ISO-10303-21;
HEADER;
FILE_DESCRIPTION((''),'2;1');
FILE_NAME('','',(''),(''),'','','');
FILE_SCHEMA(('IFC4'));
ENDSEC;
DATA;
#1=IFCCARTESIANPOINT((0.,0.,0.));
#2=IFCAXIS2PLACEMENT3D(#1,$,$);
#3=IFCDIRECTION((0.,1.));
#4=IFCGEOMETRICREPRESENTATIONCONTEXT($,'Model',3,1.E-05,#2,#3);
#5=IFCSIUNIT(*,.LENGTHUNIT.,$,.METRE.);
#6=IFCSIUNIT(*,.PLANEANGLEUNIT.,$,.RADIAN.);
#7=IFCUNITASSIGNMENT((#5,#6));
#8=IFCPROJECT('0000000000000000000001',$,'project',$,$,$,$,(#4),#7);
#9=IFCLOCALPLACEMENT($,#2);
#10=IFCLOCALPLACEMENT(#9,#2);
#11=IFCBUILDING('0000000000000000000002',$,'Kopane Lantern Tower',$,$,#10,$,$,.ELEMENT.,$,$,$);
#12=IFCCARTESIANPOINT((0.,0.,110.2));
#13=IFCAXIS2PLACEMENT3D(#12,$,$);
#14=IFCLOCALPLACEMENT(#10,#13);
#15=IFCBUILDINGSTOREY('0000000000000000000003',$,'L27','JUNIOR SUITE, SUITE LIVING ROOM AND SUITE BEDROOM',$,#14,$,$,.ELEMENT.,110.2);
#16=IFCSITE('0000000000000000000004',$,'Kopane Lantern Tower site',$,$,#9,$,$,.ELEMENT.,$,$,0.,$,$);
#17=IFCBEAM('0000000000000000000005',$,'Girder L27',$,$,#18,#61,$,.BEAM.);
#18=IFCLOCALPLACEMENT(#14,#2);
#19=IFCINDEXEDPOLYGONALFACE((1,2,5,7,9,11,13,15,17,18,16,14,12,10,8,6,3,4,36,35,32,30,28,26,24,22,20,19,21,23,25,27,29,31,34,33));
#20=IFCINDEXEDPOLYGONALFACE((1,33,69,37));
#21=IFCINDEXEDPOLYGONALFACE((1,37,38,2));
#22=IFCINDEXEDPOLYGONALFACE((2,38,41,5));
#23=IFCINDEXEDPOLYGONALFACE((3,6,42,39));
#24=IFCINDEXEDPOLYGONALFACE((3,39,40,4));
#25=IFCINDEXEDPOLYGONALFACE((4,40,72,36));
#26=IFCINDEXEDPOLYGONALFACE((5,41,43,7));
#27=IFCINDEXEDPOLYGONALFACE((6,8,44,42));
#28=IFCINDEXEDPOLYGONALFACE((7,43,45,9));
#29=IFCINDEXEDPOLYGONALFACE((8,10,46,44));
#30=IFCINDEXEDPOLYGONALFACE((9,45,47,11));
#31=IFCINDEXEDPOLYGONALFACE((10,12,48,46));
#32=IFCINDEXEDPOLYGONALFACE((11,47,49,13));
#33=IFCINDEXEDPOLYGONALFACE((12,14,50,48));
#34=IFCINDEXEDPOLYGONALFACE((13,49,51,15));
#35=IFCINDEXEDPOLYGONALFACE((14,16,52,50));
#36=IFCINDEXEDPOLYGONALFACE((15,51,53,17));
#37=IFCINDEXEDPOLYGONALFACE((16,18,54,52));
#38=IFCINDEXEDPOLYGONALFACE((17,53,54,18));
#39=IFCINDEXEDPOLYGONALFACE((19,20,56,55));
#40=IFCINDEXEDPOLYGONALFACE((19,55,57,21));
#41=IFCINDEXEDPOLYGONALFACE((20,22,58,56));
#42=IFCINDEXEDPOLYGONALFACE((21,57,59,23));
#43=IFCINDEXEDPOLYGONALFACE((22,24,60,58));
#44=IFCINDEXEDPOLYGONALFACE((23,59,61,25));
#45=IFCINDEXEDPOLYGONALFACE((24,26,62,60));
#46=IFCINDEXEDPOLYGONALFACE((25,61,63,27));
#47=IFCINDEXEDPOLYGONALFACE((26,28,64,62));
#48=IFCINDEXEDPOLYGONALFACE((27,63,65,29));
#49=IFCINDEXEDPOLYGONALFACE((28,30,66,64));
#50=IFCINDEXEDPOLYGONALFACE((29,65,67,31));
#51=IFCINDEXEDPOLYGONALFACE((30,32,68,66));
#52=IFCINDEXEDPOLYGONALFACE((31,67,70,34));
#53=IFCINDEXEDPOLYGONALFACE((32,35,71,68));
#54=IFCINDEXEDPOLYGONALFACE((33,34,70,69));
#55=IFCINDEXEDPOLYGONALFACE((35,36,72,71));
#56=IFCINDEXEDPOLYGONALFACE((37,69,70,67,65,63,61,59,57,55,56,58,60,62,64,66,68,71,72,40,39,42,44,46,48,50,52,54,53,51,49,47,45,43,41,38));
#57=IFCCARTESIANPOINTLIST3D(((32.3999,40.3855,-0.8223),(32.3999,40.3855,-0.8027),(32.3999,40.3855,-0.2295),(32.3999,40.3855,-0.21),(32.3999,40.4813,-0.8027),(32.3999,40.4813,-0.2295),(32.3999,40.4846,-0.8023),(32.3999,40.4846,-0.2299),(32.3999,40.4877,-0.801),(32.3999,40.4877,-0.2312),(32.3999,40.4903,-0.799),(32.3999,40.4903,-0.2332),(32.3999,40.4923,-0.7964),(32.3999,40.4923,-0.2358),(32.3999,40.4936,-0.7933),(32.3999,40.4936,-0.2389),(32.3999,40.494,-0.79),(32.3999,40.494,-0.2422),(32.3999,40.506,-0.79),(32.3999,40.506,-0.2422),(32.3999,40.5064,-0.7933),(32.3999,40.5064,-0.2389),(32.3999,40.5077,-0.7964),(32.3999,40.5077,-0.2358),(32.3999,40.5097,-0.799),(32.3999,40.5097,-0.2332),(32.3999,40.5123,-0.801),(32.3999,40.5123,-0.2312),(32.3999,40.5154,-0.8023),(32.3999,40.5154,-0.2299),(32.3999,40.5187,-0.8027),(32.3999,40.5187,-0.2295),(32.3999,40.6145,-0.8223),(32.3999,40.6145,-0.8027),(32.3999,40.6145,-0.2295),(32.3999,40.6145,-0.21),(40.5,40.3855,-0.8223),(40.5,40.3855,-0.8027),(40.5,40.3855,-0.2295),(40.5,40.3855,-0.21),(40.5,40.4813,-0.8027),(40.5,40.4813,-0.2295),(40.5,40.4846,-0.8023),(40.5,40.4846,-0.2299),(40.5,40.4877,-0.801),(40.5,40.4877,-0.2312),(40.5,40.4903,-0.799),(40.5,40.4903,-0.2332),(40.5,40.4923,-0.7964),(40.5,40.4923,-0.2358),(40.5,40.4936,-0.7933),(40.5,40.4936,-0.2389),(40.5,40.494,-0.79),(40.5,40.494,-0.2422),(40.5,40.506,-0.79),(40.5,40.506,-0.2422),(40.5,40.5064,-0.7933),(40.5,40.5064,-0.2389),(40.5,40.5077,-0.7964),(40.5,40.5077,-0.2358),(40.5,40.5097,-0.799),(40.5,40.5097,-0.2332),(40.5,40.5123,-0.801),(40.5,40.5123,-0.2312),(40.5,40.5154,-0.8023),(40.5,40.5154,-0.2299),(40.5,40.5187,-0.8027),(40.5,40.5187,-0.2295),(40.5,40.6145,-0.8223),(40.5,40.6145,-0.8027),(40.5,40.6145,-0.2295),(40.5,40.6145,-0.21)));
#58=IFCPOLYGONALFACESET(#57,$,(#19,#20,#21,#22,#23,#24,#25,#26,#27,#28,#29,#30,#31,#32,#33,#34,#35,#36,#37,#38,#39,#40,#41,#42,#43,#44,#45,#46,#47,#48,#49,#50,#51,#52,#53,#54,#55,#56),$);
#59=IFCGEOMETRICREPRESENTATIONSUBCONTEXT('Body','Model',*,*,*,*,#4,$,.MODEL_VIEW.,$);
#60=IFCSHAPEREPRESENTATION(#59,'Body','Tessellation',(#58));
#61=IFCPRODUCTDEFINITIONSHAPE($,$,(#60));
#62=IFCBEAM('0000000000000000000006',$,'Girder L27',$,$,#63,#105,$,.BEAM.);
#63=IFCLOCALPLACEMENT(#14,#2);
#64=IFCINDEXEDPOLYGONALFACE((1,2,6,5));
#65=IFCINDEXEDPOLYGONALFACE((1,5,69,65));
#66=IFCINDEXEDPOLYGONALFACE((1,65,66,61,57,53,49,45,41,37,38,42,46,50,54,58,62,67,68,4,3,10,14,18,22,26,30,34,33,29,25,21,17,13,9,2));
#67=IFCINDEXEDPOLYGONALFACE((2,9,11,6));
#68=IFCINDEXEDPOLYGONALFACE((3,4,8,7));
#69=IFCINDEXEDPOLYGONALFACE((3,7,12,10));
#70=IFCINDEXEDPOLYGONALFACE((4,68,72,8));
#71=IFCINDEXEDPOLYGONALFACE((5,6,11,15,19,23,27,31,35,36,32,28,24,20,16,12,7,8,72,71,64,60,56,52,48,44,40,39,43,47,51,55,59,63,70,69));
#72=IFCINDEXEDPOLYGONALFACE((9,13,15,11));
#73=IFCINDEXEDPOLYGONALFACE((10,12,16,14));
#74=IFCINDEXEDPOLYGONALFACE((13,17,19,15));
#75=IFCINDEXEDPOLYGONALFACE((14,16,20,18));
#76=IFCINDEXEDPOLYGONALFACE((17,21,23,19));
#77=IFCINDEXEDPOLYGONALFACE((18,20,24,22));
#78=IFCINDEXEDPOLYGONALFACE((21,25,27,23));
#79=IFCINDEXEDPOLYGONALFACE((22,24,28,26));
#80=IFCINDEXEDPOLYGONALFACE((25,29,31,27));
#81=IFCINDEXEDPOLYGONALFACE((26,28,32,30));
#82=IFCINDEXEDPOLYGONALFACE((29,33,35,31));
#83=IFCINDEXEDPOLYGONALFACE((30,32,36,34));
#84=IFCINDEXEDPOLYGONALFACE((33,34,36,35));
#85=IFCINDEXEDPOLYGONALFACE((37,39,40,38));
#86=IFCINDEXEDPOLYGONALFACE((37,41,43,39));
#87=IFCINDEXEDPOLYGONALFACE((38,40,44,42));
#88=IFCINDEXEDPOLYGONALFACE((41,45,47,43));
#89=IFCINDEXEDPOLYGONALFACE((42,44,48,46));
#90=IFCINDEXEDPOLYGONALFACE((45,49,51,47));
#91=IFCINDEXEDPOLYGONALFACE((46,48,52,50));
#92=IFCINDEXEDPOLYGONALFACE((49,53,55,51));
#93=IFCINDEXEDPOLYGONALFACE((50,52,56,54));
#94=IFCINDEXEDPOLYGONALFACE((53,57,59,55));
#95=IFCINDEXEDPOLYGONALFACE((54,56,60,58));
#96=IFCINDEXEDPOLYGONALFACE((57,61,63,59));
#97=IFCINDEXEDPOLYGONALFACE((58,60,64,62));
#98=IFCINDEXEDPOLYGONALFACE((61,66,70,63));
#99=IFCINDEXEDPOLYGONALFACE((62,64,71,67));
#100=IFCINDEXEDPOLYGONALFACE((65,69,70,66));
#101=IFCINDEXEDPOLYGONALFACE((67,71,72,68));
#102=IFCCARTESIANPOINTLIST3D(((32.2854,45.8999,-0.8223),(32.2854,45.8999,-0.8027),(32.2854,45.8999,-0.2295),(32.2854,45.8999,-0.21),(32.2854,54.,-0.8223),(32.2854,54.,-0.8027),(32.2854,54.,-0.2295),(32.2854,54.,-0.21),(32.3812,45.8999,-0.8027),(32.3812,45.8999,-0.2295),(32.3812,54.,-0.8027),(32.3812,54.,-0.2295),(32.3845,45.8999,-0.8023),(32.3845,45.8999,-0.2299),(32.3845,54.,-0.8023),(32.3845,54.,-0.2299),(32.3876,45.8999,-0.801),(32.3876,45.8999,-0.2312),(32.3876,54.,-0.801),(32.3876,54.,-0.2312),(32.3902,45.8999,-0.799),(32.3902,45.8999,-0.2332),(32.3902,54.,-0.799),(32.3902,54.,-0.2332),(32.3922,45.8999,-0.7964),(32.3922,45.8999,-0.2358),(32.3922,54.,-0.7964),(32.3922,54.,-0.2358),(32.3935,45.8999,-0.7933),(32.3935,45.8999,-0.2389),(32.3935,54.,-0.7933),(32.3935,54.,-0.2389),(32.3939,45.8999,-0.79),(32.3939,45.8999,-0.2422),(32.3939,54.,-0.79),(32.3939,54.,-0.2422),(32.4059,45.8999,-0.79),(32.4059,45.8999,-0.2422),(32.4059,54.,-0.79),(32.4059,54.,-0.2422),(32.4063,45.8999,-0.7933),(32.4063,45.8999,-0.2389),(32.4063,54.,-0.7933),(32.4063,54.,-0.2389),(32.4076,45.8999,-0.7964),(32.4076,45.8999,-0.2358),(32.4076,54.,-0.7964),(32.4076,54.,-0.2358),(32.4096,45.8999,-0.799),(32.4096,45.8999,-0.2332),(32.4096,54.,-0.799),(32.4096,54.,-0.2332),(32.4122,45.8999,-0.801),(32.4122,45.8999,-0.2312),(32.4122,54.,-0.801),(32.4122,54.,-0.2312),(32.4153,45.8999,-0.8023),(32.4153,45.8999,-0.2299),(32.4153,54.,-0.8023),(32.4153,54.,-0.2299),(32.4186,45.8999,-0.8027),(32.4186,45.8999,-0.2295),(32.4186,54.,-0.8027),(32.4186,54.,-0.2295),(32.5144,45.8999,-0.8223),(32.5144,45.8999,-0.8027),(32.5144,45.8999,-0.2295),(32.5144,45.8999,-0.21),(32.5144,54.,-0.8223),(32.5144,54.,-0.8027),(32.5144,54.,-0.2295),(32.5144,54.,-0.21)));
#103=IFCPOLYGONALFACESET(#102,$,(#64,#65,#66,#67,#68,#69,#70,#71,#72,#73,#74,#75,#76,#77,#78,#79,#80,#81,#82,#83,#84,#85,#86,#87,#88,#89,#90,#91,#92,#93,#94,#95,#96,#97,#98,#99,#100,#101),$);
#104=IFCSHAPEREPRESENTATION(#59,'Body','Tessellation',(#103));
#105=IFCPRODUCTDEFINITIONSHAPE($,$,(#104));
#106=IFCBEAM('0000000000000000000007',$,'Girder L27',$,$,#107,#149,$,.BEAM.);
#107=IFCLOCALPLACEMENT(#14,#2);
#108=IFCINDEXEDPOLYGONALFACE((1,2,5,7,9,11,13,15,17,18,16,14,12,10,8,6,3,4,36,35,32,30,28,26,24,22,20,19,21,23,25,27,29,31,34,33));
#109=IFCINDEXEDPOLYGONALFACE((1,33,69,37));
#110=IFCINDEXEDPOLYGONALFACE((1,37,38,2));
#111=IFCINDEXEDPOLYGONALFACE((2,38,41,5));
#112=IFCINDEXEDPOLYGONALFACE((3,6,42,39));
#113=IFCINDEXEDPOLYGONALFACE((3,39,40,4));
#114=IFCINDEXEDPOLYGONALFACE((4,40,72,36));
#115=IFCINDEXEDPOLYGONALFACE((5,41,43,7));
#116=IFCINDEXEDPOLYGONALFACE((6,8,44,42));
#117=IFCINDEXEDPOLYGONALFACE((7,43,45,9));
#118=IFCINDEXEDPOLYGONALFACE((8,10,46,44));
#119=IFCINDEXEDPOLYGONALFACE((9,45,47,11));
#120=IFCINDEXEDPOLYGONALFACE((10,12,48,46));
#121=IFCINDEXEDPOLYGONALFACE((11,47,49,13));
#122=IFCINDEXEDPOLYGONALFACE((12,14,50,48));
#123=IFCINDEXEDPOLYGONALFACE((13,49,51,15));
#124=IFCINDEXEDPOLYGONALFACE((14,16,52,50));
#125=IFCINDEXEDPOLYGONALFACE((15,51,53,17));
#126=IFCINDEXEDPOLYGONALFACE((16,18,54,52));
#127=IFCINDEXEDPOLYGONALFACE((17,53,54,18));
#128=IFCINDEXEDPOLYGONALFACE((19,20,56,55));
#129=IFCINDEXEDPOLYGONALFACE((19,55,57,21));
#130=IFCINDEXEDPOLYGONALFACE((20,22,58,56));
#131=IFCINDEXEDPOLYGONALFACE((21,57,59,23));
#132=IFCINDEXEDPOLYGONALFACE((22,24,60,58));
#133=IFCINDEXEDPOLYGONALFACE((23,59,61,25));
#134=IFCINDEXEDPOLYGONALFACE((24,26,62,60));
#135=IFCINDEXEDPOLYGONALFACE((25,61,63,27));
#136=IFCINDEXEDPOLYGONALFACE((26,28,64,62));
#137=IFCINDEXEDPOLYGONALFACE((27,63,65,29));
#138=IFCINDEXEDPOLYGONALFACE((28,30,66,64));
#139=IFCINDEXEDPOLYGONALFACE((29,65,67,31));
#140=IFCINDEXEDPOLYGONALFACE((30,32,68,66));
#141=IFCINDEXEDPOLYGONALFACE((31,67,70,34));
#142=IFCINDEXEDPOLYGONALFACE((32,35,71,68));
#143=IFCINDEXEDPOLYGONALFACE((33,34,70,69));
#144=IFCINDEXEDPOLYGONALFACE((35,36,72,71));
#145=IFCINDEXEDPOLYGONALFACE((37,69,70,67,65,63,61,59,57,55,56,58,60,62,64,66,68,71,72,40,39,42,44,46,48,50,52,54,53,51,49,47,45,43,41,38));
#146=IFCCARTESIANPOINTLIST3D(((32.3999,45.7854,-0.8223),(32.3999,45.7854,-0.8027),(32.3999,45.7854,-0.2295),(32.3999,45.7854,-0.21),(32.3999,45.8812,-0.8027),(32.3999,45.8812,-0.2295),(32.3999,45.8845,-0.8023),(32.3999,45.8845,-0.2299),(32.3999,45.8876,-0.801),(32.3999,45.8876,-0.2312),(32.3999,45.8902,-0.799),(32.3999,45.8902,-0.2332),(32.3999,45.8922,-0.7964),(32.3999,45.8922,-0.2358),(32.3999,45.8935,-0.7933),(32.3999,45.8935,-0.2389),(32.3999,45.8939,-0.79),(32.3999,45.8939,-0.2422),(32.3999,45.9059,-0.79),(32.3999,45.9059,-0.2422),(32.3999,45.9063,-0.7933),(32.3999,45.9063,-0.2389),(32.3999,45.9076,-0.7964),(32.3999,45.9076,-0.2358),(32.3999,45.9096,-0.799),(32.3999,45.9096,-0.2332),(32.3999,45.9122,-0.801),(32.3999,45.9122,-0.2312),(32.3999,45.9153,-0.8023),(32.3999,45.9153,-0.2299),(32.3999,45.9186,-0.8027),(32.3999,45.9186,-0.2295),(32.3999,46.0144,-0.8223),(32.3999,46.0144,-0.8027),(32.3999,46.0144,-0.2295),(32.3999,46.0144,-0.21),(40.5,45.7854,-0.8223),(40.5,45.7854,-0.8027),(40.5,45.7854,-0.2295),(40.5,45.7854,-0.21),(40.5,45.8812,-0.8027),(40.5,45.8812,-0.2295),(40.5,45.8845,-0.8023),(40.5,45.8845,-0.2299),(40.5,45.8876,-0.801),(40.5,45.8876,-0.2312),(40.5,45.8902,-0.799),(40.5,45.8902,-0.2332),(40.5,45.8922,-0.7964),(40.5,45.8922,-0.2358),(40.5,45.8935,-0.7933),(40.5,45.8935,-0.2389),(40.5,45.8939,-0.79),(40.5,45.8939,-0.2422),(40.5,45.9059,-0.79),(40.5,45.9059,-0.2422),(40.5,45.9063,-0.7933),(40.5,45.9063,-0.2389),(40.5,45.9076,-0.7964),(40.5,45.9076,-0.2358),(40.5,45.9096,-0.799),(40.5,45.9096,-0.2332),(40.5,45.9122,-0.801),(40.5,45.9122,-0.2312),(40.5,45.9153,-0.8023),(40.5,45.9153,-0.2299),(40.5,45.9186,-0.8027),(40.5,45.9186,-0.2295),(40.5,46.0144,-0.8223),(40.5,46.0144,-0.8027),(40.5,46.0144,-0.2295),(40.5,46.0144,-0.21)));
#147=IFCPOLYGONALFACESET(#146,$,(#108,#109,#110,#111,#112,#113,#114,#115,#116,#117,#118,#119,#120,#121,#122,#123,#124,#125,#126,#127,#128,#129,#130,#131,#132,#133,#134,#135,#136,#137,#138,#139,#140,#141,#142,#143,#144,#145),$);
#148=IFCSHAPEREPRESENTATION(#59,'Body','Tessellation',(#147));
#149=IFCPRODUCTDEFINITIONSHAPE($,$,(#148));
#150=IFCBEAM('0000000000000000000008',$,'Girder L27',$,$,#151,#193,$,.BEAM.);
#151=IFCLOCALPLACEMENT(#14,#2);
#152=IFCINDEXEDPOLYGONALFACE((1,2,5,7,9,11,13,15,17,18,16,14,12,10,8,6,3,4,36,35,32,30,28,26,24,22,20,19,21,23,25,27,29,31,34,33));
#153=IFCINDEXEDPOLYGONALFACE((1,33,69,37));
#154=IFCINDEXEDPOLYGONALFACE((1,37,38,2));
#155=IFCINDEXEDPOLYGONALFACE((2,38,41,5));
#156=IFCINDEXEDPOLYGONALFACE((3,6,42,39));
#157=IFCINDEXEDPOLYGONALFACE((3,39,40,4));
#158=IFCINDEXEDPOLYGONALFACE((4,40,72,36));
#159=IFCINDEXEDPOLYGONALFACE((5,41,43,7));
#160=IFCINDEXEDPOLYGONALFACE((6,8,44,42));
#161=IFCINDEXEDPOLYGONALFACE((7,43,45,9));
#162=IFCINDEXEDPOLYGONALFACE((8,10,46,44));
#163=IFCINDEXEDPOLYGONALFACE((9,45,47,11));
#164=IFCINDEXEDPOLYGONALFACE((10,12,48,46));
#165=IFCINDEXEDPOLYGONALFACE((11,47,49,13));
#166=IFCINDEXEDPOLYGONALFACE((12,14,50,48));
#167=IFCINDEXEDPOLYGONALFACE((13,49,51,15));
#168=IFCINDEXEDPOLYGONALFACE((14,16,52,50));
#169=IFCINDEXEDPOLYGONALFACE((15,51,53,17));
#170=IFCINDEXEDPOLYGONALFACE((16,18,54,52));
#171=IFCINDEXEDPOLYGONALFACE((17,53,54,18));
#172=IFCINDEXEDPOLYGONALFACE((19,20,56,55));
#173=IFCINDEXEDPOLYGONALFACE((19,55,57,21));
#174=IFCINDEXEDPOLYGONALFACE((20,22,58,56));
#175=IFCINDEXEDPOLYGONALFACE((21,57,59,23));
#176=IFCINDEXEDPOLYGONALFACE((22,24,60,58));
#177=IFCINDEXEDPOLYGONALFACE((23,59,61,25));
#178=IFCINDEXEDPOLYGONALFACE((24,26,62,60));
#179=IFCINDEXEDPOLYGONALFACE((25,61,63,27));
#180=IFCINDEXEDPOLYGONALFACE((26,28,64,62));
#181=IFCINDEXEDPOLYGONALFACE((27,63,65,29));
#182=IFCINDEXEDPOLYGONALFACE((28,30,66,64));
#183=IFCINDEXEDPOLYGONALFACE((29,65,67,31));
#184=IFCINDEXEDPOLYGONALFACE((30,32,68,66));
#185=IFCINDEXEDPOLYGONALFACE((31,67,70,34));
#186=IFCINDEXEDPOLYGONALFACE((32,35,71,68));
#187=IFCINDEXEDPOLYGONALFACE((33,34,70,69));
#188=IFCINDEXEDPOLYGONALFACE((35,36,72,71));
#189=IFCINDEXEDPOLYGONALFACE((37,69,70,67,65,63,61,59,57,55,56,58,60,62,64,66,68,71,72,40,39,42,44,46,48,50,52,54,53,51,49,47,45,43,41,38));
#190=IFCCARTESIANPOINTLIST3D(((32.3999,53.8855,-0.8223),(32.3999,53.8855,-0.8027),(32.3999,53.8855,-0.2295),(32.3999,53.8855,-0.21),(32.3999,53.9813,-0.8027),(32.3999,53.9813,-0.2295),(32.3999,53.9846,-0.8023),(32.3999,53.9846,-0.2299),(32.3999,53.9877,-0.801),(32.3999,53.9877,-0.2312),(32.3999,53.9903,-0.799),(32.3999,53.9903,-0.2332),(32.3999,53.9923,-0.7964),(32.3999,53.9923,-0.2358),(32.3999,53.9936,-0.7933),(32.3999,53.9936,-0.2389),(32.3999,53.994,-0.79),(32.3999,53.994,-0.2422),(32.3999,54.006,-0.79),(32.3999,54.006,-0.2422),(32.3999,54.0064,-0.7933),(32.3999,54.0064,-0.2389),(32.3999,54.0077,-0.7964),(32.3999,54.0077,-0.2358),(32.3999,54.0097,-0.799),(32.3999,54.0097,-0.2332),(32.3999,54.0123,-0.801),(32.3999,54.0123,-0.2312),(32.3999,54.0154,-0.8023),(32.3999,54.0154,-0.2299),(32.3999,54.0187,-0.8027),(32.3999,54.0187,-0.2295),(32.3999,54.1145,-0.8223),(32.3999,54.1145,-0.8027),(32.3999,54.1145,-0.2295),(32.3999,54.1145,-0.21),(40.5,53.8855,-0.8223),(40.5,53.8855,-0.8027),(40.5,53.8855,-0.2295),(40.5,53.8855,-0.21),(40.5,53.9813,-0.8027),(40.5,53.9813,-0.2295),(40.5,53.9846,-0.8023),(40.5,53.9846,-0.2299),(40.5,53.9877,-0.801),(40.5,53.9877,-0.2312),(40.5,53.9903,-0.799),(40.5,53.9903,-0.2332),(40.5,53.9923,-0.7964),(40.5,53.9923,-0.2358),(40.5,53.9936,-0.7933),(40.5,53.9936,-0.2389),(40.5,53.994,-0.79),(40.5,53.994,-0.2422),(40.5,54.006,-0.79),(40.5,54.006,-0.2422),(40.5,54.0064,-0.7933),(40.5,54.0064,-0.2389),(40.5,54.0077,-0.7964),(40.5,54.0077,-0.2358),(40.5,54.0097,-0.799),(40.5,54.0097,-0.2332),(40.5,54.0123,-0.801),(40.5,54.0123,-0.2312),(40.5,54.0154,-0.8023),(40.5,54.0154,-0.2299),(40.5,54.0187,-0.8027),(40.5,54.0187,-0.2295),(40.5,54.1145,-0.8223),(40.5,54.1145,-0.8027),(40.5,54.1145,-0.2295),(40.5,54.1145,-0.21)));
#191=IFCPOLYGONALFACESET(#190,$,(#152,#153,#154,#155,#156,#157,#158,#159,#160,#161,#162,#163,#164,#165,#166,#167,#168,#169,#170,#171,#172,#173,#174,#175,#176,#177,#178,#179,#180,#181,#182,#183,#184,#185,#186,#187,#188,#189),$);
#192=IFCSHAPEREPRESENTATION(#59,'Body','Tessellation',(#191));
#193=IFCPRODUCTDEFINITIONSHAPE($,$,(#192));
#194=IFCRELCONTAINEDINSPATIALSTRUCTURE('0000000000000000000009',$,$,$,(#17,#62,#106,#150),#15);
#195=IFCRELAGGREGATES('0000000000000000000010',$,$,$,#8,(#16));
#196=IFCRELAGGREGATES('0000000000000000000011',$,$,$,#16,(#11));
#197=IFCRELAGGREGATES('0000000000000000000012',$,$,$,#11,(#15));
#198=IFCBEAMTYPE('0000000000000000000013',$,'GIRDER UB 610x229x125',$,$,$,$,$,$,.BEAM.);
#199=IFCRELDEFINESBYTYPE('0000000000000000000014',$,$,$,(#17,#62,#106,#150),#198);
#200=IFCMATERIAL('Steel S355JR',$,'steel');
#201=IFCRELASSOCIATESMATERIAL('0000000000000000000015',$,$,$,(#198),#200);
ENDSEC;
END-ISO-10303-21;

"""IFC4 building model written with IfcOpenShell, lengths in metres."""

from ifc_helpers import new_model, si_unit, direction, frame, origin, origin_2d, place, context, subcontext, project, spatial, i_section, extrude, material, material_profile, profile_set, type_object, element, save


model = new_model("IFC4")

# Units and contexts
model_context = context("Model", 3, precision=1e-05, world=origin(), true_north=direction((0.0, 1.0)))
body_context = subcontext(model_context, "Body", "Model", "MODEL_VIEW")
ifc_project = project(units=[si_unit("LENGTHUNIT", "METRE"), si_unit("PLANEANGLEUNIT", "RADIAN")], contexts=[model_context])

# Site, building, storey
site_placement = place(None, origin())
site = spatial("IfcSite", under=ifc_project, at=site_placement, Name="Kopane Lantern Tower site", CompositionType="ELEMENT", RefElevation=0.0)
building_placement = place(site_placement, origin())
building = spatial("IfcBuilding", under=site, at=building_placement, Name="Kopane Lantern Tower", CompositionType="ELEMENT")
storey_placement = place(building_placement, frame((0.0, 0.0, 110.2)))
storey = spatial("IfcBuildingStorey", under=building, at=storey_placement, Name="L27", Description="JUNIOR SUITE, SUITE LIVING ROOM AND SUITE BEDROOM", CompositionType="ELEMENT", Elevation=110.2)

# Beams
ifc_material_1 = material(Name="Steel S355JR", Category="steel")
ifc_material_profile_1 = material_profile(ifc_material_1, i_section(OverallWidth=0.229, OverallDepth=0.6123, WebThickness=0.012, FlangeThickness=0.0195, FilletRadius=0.0127, at=origin_2d()), Name="UB 610x229x125")
ifc_profile_set_1 = profile_set([ifc_material_profile_1], Name="Steel S355JR")
beam_type = type_object("IfcBeamType", Name="GIRDER UB 610x229x125", PredefinedType="BEAM", material=ifc_profile_set_1)
for number, where, z_axis, x_axis, name in (
    (1, (32.3999, 40.5, -0.5161), (1.0, 0.0, 0.0), (0.0, 1.0, 0.0), "Girder L27"),
    (2, (32.3999, 45.8999, -0.5161), (0.0, 1.0, 0.0), (-1.0, 0.0, 0.0), "Girder L27"),
    (3, (32.3999, 45.8999, -0.5161), (1.0, 0.0, 0.0), (0.0, 1.0, 0.0), "Girder L27"),
    (4, (32.3999, 54.0, -0.5161), (1.0, 0.0, 0.0), (0.0, 1.0, 0.0), "Girder L27"),
):
    element("IfcBeam", number, at=place(storey_placement, frame(where, z_axis=z_axis, x_axis=x_axis)), inside=storey, type_object=beam_type, Name=name, PredefinedType="BEAM", context=body_context, shape_type="SweptSolid", body=[
        extrude(i_section(OverallWidth=0.229, OverallDepth=0.6123, WebThickness=0.012, FlangeThickness=0.0195, FilletRadius=0.0127, at=origin_2d()), origin(), (0.0, 0.0, 1.0), 8.1001),
    ])

save(model, "model.ifc")
